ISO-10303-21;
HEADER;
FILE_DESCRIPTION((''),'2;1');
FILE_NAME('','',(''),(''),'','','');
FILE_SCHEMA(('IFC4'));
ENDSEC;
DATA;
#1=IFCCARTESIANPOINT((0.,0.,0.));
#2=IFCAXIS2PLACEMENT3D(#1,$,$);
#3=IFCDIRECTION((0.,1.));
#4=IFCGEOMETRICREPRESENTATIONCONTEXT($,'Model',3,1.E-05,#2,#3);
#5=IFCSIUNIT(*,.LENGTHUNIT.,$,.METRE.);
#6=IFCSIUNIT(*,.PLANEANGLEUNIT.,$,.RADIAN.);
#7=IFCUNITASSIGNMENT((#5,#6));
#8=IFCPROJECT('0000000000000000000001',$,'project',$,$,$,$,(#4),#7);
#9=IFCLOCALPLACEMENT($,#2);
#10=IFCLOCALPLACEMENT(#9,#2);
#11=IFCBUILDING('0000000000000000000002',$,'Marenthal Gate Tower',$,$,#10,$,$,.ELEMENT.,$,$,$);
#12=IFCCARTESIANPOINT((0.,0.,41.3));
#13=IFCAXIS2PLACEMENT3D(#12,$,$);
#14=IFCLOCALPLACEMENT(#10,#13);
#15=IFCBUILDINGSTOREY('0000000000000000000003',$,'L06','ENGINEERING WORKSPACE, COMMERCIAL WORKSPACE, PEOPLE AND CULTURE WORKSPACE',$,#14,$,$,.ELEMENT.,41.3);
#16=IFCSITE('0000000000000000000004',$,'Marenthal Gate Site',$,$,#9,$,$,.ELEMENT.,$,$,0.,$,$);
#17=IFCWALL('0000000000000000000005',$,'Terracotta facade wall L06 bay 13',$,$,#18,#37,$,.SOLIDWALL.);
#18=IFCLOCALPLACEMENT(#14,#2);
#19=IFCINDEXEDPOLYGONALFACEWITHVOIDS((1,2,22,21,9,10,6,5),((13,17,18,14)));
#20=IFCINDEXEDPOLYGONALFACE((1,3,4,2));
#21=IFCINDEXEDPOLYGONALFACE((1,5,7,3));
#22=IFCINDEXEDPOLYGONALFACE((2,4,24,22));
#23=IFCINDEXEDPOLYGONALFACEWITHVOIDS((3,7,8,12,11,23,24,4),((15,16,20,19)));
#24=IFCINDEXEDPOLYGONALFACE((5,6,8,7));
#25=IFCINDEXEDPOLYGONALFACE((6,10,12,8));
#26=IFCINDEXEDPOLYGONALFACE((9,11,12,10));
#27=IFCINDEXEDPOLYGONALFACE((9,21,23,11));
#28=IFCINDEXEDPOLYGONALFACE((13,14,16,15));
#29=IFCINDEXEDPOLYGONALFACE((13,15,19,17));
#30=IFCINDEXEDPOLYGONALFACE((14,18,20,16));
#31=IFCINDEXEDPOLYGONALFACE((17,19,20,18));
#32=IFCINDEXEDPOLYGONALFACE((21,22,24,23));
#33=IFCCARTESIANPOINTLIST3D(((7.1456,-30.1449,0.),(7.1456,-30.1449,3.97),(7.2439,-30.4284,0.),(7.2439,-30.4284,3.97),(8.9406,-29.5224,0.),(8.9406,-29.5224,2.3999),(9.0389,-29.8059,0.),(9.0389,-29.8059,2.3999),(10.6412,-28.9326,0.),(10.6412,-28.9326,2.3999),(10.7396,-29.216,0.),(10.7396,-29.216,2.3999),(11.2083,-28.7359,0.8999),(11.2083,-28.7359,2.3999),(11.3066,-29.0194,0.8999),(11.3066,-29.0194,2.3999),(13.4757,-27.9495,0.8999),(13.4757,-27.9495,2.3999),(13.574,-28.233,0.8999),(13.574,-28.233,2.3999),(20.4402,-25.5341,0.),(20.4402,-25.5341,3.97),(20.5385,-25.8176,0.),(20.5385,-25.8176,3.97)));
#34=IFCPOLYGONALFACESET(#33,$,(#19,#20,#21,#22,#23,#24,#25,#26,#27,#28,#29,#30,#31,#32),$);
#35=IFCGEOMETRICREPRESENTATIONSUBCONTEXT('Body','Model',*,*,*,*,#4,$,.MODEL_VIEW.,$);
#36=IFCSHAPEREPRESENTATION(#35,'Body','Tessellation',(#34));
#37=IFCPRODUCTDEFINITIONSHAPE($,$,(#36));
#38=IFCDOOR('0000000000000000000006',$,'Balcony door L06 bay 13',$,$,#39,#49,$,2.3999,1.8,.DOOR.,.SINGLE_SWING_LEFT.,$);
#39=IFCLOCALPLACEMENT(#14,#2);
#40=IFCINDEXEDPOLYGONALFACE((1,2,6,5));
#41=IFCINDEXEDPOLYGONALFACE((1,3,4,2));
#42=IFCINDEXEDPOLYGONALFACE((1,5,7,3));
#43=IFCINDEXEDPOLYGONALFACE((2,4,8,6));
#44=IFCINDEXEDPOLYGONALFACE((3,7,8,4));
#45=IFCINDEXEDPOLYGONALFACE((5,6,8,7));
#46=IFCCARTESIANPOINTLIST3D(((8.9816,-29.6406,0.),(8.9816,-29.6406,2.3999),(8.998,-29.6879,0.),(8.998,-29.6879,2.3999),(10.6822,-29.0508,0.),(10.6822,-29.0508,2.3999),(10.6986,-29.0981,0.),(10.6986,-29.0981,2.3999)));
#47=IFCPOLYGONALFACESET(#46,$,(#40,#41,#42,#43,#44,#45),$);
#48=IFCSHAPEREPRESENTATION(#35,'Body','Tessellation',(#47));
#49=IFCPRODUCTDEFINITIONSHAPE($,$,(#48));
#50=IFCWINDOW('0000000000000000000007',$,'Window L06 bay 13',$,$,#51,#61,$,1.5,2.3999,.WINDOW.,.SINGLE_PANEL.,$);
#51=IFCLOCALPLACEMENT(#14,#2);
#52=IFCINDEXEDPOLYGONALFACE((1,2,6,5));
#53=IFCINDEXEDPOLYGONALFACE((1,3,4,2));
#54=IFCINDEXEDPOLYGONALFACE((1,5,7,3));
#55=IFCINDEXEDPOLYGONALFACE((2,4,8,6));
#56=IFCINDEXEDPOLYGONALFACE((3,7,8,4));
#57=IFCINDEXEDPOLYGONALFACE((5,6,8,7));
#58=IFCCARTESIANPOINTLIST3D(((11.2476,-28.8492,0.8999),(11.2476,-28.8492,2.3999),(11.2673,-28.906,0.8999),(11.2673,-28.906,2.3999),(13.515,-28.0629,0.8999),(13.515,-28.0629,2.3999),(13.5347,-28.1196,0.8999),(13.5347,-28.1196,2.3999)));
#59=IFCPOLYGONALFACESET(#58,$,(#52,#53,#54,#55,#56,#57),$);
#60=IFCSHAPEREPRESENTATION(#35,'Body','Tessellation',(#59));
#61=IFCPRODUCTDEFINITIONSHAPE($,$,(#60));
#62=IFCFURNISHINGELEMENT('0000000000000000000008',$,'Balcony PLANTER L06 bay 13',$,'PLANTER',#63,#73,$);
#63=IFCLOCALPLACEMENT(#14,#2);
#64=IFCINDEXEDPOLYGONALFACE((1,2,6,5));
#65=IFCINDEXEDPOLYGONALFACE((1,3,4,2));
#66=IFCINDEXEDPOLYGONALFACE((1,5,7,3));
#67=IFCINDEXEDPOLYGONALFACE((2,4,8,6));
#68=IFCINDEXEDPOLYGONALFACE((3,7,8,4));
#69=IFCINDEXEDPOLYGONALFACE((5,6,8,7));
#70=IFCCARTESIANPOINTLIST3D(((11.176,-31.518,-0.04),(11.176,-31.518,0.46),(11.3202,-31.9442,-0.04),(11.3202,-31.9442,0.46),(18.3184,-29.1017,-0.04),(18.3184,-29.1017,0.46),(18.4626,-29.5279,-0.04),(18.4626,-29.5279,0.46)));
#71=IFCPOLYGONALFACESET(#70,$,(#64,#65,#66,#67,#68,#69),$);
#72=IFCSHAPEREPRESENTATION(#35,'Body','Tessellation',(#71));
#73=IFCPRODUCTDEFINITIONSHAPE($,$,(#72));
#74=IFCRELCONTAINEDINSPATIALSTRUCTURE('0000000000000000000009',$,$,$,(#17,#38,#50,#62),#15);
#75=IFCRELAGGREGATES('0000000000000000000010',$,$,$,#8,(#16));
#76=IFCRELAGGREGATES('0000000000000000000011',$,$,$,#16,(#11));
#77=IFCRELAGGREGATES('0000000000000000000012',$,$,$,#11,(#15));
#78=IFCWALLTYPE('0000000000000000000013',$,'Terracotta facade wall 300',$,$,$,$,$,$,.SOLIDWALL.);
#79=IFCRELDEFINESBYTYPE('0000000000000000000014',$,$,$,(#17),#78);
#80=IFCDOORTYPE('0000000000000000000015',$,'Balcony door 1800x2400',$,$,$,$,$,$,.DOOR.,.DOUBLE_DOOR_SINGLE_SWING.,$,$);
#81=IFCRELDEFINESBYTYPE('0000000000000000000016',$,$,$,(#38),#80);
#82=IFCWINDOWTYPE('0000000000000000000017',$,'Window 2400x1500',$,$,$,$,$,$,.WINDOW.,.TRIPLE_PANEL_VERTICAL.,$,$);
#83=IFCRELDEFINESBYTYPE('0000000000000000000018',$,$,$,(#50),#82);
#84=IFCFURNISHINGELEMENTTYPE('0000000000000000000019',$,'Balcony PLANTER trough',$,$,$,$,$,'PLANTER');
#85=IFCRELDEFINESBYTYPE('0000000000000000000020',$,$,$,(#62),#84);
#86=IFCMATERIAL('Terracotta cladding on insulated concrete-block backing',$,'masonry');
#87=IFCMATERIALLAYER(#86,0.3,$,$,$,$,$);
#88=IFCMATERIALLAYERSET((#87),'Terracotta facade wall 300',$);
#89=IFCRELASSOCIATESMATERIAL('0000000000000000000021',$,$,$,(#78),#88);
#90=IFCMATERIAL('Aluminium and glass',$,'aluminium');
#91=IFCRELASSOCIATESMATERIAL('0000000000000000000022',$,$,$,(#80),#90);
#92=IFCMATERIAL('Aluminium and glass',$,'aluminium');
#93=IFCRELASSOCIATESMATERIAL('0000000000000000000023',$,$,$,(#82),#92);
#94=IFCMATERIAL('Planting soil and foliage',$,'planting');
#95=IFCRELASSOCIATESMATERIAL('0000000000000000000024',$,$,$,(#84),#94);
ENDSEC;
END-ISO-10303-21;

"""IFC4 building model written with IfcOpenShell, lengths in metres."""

from ifc_helpers import new_model, si_unit, direction, frame, frame_2d, origin, origin_2d, place, context, subcontext, project, spatial, rectangle, extrude, material, layer, layer_set, type_object, element, fill, save


model = new_model("IFC4")

# Units and contexts
model_context = context("Model", 3, precision=1e-05, world=origin(), true_north=direction((0.0, 1.0)))
body_context = subcontext(model_context, "Body", "Model", "MODEL_VIEW")
ifc_project = project(units=[si_unit("LENGTHUNIT", "METRE"), si_unit("PLANEANGLEUNIT", "RADIAN")], contexts=[model_context])

# Site, building, storey
site_placement = place(None, origin())
site = spatial("IfcSite", under=ifc_project, at=site_placement, Name="Marenthal Gate Site", CompositionType="ELEMENT", RefElevation=0.0)
building_placement = place(site_placement, origin())
building = spatial("IfcBuilding", under=site, at=building_placement, Name="Marenthal Gate Tower", CompositionType="ELEMENT")
storey_placement = place(building_placement, frame((0.0, 0.0, 41.3)))
storey = spatial("IfcBuildingStorey", under=building, at=storey_placement, Name="L06", Description="ENGINEERING WORKSPACE, COMMERCIAL WORKSPACE, PEOPLE AND CULTURE WORKSPACE", CompositionType="ELEMENT", Elevation=41.3)

# Wall, openings, door, window
ifc_material_1 = material(Name="Terracotta cladding on insulated concrete-block backing", Category="masonry")
ifc_layer_1 = layer(ifc_material_1, 0.3)
ifc_layer_set_1 = layer_set([ifc_layer_1], Name="Terracotta facade wall 300")
wall_type_1 = type_object("IfcWallType", Name="Terracotta facade wall 300", PredefinedType="SOLIDWALL", material=ifc_layer_set_1)
wall_1_placement = place(storey_placement, frame((7.1948, -30.2866, 0.0), z_axis=(0.0, 0.0, 1.0), x_axis=(0.944792, 0.327671, 0.0)))
wall_1 = element("IfcWall", 1, at=wall_1_placement, inside=storey, type_object=wall_type_1, Name="Terracotta facade wall L06 bay 13", PredefinedType="SOLIDWALL", context=body_context, shape_type="SweptSolid", body=[
    extrude(rectangle(XDim=14.0715, YDim=0.3, at=frame_2d((7.0356, 0.0))), origin(), (0.0, 0.0, 1.0), 3.97),
])
opening_1_placement = place(wall_1_placement, frame((1.8999, 0.0, 0.0)))
opening_1 = element("IfcOpeningElement", 2, at=opening_1_placement, cuts=wall_1, PredefinedType="OPENING", context=body_context, shape_type="SweptSolid", body=[
    extrude(rectangle(XDim=1.8, YDim=2.3999, at=frame_2d((0.8999, 1.2))), frame((0.0, 0.1602, 0.0), z_axis=(0.0, -1.0, 0.0), x_axis=(1.0, 0.0, 0.0)), (0.0, 0.0, 1.0), 0.3201),
])
opening_2_placement = place(wall_1_placement, frame((4.3, 0.0, 0.8999)))
opening_2 = element("IfcOpeningElement", 3, at=opening_2_placement, cuts=wall_1, PredefinedType="OPENING", context=body_context, shape_type="SweptSolid", body=[
    extrude(rectangle(XDim=2.3999, YDim=1.5, at=frame_2d((1.2, 0.75))), frame((0.0, 0.1602, 0.0), z_axis=(0.0, -1.0, 0.0), x_axis=(1.0, 0.0, 0.0)), (0.0, 0.0, 1.0), 0.3201),
])
ifc_material_2 = material(Name="Aluminium and glass", Category="aluminium")
door_type_1 = type_object("IfcDoorType", Name="Balcony door 1800x2400", OperationType="DOUBLE_DOOR_SINGLE_SWING", PredefinedType="DOOR", material=ifc_material_2)
door_1_placement = place(opening_1_placement, origin())
door_1 = element("IfcDoor", 4, at=door_1_placement, inside=storey, type_object=door_type_1, Name="Balcony door L06 bay 13", OperationType="SINGLE_SWING_LEFT", OverallHeight=2.3999, OverallWidth=1.8, PredefinedType="DOOR", context=body_context, shape_type="SweptSolid", body=[
    extrude(rectangle(XDim=1.8, YDim=2.3999, at=frame_2d((0.8999, 1.2))), frame((0.0, 0.0249, 0.0), z_axis=(0.0, -1.0, 0.0), x_axis=(1.0, 0.0, 0.0)), (0.0, 0.0, 1.0), 0.05),
])
fill(opening_1, door_1)
ifc_material_3 = material(Name="Aluminium and glass", Category="aluminium")
window_type = type_object("IfcWindowType", Name="Window 2400x1500", PartitioningType="TRIPLE_PANEL_VERTICAL", PredefinedType="WINDOW", material=ifc_material_3)
window_placement = place(opening_2_placement, origin())
window = element("IfcWindow", 5, at=window_placement, inside=storey, type_object=window_type, Name="Window L06 bay 13", OverallHeight=1.5, OverallWidth=2.3999, PartitioningType="SINGLE_PANEL", PredefinedType="WINDOW", context=body_context, shape_type="SweptSolid", body=[
    extrude(rectangle(XDim=2.3999, YDim=1.5, at=frame_2d((1.2, 0.75))), frame((0.0, 0.03, 0.0), z_axis=(0.0, -1.0, 0.0), x_axis=(1.0, 0.0, 0.0)), (0.0, 0.0, 1.0), 0.0601),
])
fill(opening_2, window)

# Furnishing element
ifc_material_4 = material(Name="Planting soil and foliage", Category="planting")
furnishing_element_type = type_object("IfcFurnishingElementType", Name="Balcony PLANTER trough", ElementType="PLANTER", material=ifc_material_4)
furnishing_placement = place(storey_placement, frame((14.8193, -30.5229, -0.04), z_axis=(0.0, 0.0, 1.0), x_axis=(0.947263, 0.320458, 0.0)))
element("IfcFurnishingElement", 6, at=furnishing_placement, inside=storey, type_object=furnishing_element_type, Name="Balcony PLANTER L06 bay 13", ObjectType="PLANTER", context=body_context, shape_type="SweptSolid", body=[
    extrude(rectangle(XDim=7.54, YDim=0.45, at=origin_2d()), origin(), (0.0, 0.0, 1.0), 0.5),
])

save(model, "model.ifc")
